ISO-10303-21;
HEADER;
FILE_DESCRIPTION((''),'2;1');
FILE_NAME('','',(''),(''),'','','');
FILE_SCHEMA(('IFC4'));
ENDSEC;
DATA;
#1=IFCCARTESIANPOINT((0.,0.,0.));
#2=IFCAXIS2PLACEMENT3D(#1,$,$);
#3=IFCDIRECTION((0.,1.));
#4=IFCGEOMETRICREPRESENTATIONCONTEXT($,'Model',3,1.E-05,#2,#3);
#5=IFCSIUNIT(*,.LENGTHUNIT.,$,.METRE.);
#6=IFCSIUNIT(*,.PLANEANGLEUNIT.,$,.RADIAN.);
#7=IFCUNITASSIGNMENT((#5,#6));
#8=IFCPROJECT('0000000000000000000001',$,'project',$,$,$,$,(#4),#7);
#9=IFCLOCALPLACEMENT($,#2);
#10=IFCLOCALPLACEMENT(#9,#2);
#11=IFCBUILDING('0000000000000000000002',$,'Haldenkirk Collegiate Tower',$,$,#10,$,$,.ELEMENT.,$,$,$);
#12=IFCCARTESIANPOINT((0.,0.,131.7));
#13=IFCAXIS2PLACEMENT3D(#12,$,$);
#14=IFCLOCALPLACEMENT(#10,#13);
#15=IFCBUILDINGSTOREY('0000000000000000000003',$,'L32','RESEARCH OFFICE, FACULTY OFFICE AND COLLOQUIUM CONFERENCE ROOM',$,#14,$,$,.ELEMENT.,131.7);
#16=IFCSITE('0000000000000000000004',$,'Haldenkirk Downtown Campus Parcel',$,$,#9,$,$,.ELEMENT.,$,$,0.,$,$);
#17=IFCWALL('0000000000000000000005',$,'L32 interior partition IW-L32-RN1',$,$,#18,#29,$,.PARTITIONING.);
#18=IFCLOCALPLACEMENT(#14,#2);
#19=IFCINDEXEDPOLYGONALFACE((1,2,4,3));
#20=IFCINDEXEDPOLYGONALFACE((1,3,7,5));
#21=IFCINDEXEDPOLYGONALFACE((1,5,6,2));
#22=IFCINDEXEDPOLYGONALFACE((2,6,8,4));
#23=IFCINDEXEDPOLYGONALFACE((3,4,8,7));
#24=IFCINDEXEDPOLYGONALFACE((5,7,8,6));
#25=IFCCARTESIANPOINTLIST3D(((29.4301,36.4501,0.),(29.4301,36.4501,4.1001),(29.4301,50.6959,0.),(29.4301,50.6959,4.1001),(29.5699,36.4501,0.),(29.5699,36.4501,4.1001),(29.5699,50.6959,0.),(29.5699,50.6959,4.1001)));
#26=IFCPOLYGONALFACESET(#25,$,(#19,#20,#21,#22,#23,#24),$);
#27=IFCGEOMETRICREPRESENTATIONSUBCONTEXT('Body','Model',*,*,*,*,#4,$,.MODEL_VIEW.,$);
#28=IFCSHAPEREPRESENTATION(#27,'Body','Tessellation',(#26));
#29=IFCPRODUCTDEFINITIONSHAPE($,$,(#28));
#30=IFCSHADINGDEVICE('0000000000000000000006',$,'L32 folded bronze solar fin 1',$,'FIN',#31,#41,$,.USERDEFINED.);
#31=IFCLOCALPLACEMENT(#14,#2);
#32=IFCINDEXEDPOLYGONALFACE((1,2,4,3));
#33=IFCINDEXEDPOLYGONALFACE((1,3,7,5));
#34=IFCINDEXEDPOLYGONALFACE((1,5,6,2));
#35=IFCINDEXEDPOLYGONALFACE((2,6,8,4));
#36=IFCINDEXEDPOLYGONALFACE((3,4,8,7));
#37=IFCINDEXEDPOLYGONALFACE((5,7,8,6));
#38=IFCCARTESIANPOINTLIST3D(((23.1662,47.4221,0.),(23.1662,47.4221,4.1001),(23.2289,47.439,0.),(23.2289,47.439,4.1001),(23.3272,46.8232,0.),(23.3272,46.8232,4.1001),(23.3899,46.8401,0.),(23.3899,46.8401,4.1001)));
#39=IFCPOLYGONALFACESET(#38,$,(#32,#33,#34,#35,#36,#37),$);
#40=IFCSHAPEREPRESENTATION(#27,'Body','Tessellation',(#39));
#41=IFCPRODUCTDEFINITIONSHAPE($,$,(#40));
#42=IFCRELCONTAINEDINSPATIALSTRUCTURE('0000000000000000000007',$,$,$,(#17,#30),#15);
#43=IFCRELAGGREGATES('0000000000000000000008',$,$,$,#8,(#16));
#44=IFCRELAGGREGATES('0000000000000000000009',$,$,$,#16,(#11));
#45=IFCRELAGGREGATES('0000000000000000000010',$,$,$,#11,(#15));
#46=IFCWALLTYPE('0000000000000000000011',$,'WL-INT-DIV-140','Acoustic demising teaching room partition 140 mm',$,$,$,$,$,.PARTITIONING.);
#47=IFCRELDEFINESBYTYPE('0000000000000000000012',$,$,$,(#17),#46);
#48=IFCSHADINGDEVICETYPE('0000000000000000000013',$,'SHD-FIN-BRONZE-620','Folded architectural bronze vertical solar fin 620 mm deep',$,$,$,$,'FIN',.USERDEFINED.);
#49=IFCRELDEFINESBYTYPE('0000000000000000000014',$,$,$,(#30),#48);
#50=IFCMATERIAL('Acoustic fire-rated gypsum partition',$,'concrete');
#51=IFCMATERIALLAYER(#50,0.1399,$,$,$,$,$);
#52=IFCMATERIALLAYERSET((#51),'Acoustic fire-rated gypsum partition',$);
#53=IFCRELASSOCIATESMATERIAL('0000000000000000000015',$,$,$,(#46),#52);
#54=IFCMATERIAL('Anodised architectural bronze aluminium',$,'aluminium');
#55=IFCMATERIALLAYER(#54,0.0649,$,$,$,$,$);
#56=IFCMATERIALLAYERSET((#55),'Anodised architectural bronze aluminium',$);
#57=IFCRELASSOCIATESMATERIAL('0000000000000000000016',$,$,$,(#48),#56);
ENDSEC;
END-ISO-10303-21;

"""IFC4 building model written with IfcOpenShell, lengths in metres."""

from ifc_helpers import new_model, si_unit, direction, frame, frame_2d, origin, origin_2d, place, context, subcontext, project, spatial, rectangle, extrude, source, transform, mapped, material, layer, layer_set, type_object, element, save


model = new_model("IFC4")

# Units and contexts
model_context = context("Model", 3, precision=1e-05, world=origin(), true_north=direction((0.0, 1.0)))
body_context = subcontext(model_context, "Body", "Model", "MODEL_VIEW")
ifc_project = project(units=[si_unit("LENGTHUNIT", "METRE"), si_unit("PLANEANGLEUNIT", "RADIAN")], contexts=[model_context])

# Site, building, storey
site_placement = place(None, origin())
site = spatial("IfcSite", under=ifc_project, at=site_placement, Name="Haldenkirk Downtown Campus Parcel", CompositionType="ELEMENT", RefElevation=0.0)
building_placement = place(site_placement, origin())
building = spatial("IfcBuilding", under=site, at=building_placement, Name="Haldenkirk Collegiate Tower", CompositionType="ELEMENT")
storey_placement = place(building_placement, frame((0.0, 0.0, 131.7)))
storey = spatial("IfcBuildingStorey", under=building, at=storey_placement, Name="L32", Description="RESEARCH OFFICE, FACULTY OFFICE AND COLLOQUIUM CONFERENCE ROOM", CompositionType="ELEMENT", Elevation=131.7)

# Shared definitions
ifc_material_1 = material(Name="Anodised architectural bronze aluminium", Category="aluminium")

# Shared definitions
ifc_material_2 = material(Name="Acoustic fire-rated gypsum partition", Category="concrete")

# Wall
ifc_layer_1 = layer(ifc_material_2, 0.1399)
ifc_layer_set_1 = layer_set([ifc_layer_1], Name="Acoustic fire-rated gypsum partition")
wall_type_1 = type_object("IfcWallType", Name="WL-INT-DIV-140", Description="Acoustic demising teaching room partition 140 mm", PredefinedType="PARTITIONING", material=ifc_layer_set_1)
wall_1_placement = place(storey_placement, frame((29.5, 36.45, 0.0), z_axis=(0.0, 0.0, 1.0), x_axis=(0.0, 1.0, 0.0)))
element("IfcWall", 1, at=wall_1_placement, inside=storey, type_object=wall_type_1, Name="L32 interior partition IW-L32-RN1", PredefinedType="PARTITIONING", context=body_context, shape_type="SweptSolid", body=[
    extrude(rectangle(XDim=14.2458, YDim=0.1399, at=frame_2d((7.123, 0.0))), origin(), (0.0, 0.0, 1.0), 4.1001),
])

# Shading device
ifc_layer_2 = layer(ifc_material_1, 0.0649)
ifc_layer_set_2 = layer_set([ifc_layer_2], Name="Anodised architectural bronze aluminium")
shading_device_type = type_object("IfcShadingDeviceType", Name="SHD-FIN-BRONZE-620", Description="Folded architectural bronze vertical solar fin 620 mm deep", ElementType="FIN", PredefinedType="USERDEFINED", material=ifc_layer_set_2)
shared_shape_1 = source(origin(), body_context, "Body", "SweptSolid", [
    extrude(rectangle(XDim=0.6201, YDim=0.0649, at=origin_2d()), origin(), (0.0, 0.0, 1.0), 4.1001),
])
shading_device_placement = place(storey_placement, frame((23.2781, 47.1311, 0.0), z_axis=(0.0, 0.0, 1.0), x_axis=(-0.259662, 0.9657, 0.0)))
element("IfcShadingDevice", 2, at=shading_device_placement, inside=storey, type_object=shading_device_type, Name="L32 folded bronze solar fin 1", ObjectType="FIN", PredefinedType="USERDEFINED", context=body_context, shape_type="MappedRepresentation", body=[
    mapped(shared_shape_1, transform((0.0, 0.0, 0.0), x_axis=(1.0, 0.0, 0.0), y_axis=(0.0, 1.0, 0.0), z_axis=(0.0, 0.0, 1.0), scale=1.0)),
])

save(model, "model.ifc")
